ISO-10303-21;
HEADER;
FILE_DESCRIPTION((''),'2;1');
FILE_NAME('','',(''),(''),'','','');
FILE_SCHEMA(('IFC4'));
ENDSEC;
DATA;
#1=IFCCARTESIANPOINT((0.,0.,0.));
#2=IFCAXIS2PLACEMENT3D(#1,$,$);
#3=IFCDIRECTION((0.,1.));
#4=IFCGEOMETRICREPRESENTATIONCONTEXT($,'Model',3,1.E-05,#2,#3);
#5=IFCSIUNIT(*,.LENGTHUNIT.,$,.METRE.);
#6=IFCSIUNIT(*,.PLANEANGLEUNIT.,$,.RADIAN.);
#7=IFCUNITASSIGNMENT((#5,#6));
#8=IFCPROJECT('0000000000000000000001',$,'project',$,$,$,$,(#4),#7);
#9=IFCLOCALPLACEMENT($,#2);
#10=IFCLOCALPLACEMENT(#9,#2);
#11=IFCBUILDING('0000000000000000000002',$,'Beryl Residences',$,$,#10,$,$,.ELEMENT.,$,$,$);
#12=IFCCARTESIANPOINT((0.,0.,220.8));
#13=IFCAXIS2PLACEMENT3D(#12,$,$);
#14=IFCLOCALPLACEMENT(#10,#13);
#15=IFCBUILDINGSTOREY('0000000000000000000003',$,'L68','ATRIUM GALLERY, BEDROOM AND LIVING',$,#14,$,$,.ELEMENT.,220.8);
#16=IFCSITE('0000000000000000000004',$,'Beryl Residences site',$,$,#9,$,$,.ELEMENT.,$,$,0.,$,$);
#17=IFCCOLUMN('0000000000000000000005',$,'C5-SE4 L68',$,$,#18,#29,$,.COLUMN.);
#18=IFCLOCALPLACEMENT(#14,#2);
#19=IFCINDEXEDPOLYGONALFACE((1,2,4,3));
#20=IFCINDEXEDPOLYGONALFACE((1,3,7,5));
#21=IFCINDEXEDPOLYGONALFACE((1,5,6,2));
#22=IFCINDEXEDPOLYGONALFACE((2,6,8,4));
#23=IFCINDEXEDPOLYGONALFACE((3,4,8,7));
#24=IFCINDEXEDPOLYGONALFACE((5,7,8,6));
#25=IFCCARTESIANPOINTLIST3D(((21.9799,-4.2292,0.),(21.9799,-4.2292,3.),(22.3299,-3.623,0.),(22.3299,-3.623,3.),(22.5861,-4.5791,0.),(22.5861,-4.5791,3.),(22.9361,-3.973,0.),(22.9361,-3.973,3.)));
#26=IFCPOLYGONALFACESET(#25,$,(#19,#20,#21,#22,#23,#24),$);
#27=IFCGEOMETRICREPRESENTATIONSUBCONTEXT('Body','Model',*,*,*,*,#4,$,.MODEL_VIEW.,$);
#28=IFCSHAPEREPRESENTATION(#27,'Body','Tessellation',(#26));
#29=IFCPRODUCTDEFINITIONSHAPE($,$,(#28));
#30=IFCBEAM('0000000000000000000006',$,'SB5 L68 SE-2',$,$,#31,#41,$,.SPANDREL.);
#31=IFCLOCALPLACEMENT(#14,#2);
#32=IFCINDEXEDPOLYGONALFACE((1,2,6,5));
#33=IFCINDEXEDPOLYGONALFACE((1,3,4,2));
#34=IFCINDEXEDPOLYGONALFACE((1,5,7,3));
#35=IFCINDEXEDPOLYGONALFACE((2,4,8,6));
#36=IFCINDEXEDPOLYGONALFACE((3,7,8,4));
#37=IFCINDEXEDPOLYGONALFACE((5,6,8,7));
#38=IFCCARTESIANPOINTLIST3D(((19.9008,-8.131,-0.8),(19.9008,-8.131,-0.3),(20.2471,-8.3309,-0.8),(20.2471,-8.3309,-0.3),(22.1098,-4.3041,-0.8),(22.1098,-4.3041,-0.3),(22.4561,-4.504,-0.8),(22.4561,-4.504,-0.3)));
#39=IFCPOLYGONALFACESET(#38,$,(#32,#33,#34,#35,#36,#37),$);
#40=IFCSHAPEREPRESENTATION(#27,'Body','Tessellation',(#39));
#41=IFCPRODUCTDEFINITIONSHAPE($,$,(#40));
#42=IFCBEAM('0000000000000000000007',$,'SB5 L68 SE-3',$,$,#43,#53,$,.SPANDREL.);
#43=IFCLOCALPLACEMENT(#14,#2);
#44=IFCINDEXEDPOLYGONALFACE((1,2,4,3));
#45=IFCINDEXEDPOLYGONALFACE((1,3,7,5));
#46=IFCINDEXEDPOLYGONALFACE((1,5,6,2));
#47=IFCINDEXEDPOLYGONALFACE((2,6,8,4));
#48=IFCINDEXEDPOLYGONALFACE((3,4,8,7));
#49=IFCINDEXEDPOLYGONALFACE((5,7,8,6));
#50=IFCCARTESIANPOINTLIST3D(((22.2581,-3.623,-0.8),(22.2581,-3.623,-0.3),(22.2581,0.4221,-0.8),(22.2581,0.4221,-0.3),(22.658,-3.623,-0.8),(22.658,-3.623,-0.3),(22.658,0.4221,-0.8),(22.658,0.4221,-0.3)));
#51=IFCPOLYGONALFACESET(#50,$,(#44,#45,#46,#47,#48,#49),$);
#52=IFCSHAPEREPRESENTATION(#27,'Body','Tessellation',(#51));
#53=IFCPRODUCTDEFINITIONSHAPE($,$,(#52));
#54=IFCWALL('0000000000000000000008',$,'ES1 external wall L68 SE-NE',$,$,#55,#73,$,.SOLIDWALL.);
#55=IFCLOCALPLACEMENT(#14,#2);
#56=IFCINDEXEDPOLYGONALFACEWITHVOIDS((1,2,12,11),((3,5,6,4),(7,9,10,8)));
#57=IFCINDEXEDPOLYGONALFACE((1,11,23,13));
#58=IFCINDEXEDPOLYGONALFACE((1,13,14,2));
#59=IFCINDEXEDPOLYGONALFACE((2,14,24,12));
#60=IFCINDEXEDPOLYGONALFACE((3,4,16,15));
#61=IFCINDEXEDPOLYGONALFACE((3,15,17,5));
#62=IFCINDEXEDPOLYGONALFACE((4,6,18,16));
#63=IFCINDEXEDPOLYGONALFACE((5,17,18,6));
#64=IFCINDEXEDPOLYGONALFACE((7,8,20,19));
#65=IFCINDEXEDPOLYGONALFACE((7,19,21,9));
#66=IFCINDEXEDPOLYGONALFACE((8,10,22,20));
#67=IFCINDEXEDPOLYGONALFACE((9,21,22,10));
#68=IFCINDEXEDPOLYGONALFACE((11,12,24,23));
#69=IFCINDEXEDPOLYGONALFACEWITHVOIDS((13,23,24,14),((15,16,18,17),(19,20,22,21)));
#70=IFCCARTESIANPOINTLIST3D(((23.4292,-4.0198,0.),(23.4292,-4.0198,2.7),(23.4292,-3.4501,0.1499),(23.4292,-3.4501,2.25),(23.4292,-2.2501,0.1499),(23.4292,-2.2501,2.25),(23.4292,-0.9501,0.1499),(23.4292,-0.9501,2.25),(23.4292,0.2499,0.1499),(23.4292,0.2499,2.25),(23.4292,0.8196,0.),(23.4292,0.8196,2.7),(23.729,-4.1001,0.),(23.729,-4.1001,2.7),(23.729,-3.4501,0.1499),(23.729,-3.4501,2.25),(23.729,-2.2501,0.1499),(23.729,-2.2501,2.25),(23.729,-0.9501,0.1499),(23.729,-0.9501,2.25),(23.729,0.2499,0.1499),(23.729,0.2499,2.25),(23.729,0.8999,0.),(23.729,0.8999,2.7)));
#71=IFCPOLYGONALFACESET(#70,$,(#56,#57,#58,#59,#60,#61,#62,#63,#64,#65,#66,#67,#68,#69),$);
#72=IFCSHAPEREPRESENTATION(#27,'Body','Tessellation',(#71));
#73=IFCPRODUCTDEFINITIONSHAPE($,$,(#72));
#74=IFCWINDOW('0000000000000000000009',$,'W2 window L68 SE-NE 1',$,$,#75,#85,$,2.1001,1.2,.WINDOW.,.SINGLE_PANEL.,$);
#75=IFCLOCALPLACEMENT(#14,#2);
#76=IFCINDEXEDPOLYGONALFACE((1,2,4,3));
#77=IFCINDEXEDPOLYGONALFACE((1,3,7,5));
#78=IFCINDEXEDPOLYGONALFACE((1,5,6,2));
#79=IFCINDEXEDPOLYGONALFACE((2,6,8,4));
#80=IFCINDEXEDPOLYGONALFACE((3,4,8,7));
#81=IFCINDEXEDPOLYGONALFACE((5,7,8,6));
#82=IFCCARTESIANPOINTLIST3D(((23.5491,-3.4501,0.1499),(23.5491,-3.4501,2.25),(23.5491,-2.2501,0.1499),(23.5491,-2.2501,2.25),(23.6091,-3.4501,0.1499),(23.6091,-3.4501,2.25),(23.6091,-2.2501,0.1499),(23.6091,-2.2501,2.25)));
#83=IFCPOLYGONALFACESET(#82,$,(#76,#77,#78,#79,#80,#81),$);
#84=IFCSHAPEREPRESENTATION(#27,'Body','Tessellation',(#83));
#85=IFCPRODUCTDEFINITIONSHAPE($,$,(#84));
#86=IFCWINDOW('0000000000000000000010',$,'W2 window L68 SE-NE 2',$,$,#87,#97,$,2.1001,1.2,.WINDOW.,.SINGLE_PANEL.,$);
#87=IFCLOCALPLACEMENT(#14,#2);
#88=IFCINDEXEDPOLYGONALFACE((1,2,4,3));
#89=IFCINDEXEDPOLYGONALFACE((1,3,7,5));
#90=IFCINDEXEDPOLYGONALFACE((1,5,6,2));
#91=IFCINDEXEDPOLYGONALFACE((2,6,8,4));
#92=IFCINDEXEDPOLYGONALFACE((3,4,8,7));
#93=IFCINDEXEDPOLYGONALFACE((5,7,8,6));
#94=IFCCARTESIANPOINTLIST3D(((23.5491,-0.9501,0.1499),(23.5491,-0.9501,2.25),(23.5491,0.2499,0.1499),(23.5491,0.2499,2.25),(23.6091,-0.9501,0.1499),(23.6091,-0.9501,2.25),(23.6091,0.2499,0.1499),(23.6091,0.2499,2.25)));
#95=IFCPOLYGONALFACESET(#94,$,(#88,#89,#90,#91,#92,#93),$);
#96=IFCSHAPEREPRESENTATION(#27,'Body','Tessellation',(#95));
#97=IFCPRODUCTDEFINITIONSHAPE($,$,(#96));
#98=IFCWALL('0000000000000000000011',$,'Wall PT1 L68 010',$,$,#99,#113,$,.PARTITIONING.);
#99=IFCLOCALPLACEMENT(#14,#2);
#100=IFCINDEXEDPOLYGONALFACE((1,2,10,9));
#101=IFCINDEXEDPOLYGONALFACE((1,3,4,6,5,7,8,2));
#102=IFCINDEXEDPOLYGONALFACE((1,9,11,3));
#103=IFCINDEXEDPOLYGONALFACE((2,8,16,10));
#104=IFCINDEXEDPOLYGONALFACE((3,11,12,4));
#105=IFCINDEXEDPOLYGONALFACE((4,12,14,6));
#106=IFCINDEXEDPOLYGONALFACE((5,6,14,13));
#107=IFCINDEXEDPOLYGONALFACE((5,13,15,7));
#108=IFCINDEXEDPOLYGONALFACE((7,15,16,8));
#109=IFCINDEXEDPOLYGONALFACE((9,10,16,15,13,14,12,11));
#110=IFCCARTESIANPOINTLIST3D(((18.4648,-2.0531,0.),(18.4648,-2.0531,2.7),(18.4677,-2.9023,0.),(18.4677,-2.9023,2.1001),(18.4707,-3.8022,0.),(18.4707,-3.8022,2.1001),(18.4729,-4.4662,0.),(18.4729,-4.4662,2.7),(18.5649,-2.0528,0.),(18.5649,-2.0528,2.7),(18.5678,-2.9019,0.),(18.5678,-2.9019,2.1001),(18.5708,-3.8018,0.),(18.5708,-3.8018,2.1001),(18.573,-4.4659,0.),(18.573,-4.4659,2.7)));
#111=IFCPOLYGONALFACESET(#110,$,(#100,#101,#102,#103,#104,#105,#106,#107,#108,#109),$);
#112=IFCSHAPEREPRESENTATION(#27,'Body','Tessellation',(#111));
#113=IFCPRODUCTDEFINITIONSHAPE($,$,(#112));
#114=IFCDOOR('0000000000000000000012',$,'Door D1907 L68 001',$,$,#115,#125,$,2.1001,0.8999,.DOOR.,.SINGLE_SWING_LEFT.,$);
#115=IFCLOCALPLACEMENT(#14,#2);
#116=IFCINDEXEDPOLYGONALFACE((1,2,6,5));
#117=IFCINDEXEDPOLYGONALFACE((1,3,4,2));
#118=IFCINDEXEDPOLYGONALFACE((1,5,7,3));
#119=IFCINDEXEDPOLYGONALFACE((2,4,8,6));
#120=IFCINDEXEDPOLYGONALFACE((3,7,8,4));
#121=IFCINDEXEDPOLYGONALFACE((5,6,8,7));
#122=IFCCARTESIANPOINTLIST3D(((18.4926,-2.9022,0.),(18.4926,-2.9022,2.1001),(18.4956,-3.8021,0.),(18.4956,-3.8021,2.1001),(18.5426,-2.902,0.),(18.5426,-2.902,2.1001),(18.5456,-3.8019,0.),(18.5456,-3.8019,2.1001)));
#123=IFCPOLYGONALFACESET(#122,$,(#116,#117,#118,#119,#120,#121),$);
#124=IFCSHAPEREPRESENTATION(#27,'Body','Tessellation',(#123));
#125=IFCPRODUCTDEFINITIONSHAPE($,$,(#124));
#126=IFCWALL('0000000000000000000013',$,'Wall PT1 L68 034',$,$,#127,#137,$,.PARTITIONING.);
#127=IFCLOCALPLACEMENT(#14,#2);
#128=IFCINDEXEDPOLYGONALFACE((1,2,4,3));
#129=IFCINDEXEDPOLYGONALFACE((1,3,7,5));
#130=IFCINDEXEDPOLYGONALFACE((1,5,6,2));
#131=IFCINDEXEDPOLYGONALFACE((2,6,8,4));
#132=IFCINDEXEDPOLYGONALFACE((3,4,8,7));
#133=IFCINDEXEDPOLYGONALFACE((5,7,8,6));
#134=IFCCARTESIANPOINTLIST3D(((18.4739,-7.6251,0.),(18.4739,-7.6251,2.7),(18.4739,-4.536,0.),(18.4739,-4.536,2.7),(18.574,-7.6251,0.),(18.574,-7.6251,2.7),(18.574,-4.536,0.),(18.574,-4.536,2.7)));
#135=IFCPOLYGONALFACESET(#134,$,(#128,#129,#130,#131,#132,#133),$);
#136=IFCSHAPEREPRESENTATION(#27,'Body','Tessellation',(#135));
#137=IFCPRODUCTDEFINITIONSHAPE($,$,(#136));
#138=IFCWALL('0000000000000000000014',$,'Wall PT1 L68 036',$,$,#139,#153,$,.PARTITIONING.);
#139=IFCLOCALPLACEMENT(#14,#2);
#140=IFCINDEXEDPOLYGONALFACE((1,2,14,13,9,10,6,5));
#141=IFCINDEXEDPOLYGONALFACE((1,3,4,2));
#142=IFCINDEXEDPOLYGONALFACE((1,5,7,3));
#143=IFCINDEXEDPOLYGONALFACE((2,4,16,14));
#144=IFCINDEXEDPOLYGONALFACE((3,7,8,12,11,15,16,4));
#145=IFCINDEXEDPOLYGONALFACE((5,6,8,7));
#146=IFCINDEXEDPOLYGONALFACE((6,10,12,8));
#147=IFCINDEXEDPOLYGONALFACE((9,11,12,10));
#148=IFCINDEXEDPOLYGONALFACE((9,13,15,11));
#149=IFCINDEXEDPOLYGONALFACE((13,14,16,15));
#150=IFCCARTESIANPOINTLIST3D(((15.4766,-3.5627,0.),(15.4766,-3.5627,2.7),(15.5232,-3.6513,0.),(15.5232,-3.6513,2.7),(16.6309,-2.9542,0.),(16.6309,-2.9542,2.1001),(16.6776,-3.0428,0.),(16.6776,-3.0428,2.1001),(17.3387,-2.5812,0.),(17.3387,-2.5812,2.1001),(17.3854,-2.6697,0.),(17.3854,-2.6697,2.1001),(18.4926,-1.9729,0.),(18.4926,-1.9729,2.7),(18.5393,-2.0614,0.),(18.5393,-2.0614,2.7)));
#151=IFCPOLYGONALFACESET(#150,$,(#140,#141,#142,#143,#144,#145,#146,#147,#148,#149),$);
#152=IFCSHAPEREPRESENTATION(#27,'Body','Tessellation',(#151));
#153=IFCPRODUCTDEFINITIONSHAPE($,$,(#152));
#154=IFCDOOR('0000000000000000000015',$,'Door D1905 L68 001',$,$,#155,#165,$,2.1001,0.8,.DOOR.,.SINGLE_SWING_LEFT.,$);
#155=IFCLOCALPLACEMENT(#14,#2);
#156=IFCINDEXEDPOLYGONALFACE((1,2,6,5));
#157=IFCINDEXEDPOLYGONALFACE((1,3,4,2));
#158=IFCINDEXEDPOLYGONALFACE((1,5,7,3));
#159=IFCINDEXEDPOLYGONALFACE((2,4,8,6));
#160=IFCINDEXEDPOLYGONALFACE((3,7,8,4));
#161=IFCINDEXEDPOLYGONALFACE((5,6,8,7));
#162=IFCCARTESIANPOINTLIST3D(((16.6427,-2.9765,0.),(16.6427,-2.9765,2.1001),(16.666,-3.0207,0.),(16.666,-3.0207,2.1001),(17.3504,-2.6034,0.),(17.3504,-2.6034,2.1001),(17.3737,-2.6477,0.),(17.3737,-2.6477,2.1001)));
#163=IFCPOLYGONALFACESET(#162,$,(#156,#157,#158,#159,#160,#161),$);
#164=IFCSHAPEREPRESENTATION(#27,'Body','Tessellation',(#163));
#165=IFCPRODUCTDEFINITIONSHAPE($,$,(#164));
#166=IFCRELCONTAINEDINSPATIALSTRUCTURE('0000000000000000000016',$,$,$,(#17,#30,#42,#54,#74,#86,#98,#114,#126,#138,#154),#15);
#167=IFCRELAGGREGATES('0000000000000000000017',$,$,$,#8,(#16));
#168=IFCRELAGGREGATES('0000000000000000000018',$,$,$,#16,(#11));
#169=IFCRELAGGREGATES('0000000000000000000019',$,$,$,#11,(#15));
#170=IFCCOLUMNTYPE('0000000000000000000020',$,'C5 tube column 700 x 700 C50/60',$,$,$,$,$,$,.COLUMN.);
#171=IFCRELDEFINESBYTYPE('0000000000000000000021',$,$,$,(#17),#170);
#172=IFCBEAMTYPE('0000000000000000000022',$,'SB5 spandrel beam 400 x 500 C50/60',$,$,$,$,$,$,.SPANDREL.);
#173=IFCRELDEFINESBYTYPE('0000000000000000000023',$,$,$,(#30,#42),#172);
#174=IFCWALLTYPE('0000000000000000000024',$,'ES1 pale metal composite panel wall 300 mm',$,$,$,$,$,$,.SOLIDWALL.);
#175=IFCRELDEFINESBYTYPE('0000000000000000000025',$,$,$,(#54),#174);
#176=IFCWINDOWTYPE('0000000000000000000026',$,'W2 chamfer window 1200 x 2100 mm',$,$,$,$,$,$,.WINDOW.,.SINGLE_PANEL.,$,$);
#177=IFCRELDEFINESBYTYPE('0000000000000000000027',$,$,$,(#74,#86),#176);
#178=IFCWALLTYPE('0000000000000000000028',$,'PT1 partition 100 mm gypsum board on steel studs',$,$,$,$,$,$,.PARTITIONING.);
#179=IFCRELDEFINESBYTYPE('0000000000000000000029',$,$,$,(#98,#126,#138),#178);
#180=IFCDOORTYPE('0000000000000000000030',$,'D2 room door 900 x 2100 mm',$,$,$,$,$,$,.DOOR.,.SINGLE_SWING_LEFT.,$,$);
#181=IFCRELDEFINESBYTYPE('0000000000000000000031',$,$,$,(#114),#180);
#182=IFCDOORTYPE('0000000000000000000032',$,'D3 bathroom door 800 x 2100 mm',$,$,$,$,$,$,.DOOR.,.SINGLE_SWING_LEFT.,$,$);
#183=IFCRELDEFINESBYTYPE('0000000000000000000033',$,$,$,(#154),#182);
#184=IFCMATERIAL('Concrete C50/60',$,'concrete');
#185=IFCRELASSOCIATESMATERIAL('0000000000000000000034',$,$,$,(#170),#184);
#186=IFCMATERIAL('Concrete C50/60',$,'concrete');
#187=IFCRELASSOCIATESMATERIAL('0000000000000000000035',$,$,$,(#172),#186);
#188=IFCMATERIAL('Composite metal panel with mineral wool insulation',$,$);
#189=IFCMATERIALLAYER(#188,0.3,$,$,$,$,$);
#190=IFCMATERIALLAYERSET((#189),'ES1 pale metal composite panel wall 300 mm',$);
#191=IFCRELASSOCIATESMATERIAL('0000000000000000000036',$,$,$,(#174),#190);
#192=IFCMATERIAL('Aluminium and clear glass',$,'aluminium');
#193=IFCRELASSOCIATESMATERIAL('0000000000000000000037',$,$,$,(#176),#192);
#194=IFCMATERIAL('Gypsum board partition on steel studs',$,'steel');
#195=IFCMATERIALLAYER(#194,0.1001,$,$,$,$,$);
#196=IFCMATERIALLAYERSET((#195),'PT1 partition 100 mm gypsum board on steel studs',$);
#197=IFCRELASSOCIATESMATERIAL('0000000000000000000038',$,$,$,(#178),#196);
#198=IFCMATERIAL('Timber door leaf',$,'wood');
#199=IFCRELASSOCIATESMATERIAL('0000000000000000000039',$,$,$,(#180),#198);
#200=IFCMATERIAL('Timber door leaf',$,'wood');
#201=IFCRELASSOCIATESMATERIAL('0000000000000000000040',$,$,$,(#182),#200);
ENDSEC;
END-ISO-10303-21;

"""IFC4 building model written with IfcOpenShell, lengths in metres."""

from ifc_helpers import new_model, si_unit, direction, frame, frame_2d, origin, origin_2d, place, context, subcontext, project, spatial, polyline, rectangle, outline, extrude, material, layer, layer_set, material_profile, profile_set, type_object, element, fill, save


model = new_model("IFC4")

# Units and contexts
model_context = context("Model", 3, precision=1e-05, world=origin(), true_north=direction((0.0, 1.0)))
body_context = subcontext(model_context, "Body", "Model", "MODEL_VIEW")
ifc_project = project(units=[si_unit("LENGTHUNIT", "METRE"), si_unit("PLANEANGLEUNIT", "RADIAN")], contexts=[model_context])

# Site, building, storey
site_placement = place(None, origin())
site = spatial("IfcSite", under=ifc_project, at=site_placement, Name="Beryl Residences site", CompositionType="ELEMENT", RefElevation=0.0)
building_placement = place(site_placement, origin())
building = spatial("IfcBuilding", under=site, at=building_placement, Name="Beryl Residences", CompositionType="ELEMENT")
storey_placement = place(building_placement, frame((0.0, 0.0, 220.8)))
storey = spatial("IfcBuildingStorey", under=building, at=storey_placement, Name="L68", Description="ATRIUM GALLERY, BEDROOM AND LIVING", CompositionType="ELEMENT", Elevation=220.8)

# Column
ifc_material_1 = material(Name="Concrete C50/60", Category="concrete")
ifc_material_profile_1 = material_profile(ifc_material_1, rectangle(XDim=0.7, YDim=0.7, at=origin_2d()))
ifc_profile_set_1 = profile_set([ifc_material_profile_1], Name="Concrete C50/60")
column_type = type_object("IfcColumnType", Name="C5 tube column 700 x 700 C50/60", PredefinedType="COLUMN", material=ifc_profile_set_1)
column_placement = place(storey_placement, frame((22.458, -4.1011, 0.0), z_axis=(0.0, 0.0, 1.0), x_axis=(0.499985, 0.866034, 0.0)))
element("IfcColumn", 1, at=column_placement, inside=storey, type_object=column_type, Name="C5-SE4 L68", PredefinedType="COLUMN", context=body_context, shape_type="SweptSolid", body=[
    extrude(rectangle(XDim=0.7, YDim=0.7, at=origin_2d()), origin(), (0.0, 0.0, 1.0), 3.0),
])

# Beams
ifc_material_2 = material(Name="Concrete C50/60", Category="concrete")
ifc_material_profile_2 = material_profile(ifc_material_2, rectangle(XDim=0.3999, YDim=0.5, at=origin_2d()))
ifc_profile_set_2 = profile_set([ifc_material_profile_2], Name="Concrete C50/60")
beam_type = type_object("IfcBeamType", Name="SB5 spandrel beam 400 x 500 C50/60", PredefinedType="SPANDREL", material=ifc_profile_set_2)
beam_1_placement = place(storey_placement, frame((20.074, -8.231, -0.55), z_axis=(0.499919, 0.866072, 0.0), x_axis=(-0.866072, 0.499919, 0.0)))
element("IfcBeam", 2, at=beam_1_placement, inside=storey, type_object=beam_type, Name="SB5 L68 SE-2", PredefinedType="SPANDREL", context=body_context, shape_type="SweptSolid", body=[
    extrude(rectangle(XDim=0.3999, YDim=0.5, at=origin_2d()), origin(), (0.0, 0.0, 1.0), 4.4187),
])
beam_2_placement = place(storey_placement, frame((22.458, -3.623, -0.55), z_axis=(0.0, 1.0, 0.0), x_axis=(-1.0, 0.0, 0.0)))
element("IfcBeam", 3, at=beam_2_placement, inside=storey, type_object=beam_type, Name="SB5 L68 SE-3", PredefinedType="SPANDREL", context=body_context, shape_type="SweptSolid", body=[
    extrude(rectangle(XDim=0.3999, YDim=0.5, at=origin_2d()), origin(), (0.0, 0.0, 1.0), 4.0452),
])

# Wall, openings, windows
ifc_material_3 = material(Name="Composite metal panel with mineral wool insulation")
ifc_layer_1 = layer(ifc_material_3, 0.3)
ifc_layer_set_1 = layer_set([ifc_layer_1], Name="ES1 pale metal composite panel wall 300 mm")
wall_type_1 = type_object("IfcWallType", Name="ES1 pale metal composite panel wall 300 mm", PredefinedType="SOLIDWALL", material=ifc_layer_set_1)
wall_1_placement = place(storey_placement, frame((23.5791, -4.1001, 0.0), z_axis=(0.0, 0.0, 1.0), x_axis=(0.0, 1.0, 0.0)))
wall_1 = element("IfcWall", 4, at=wall_1_placement, inside=storey, type_object=wall_type_1, Name="ES1 external wall L68 SE-NE", PredefinedType="SOLIDWALL", context=body_context, shape_type="SweptSolid", body=[
    extrude(outline(polyline([(0.0, -0.1499), (5.0, -0.1499), (4.9197, 0.1499), (0.0803, 0.1499), (0.0, -0.1499)])), origin(), (0.0, 0.0, 1.0), 2.7),
])
opening_1_placement = place(wall_1_placement, frame((0.6499, 0.0, 0.1499)))
opening_1 = element("IfcOpeningElement", 5, at=opening_1_placement, cuts=wall_1, PredefinedType="OPENING", context=body_context, shape_type="SweptSolid", body=[
    extrude(rectangle(XDim=1.2, YDim=2.1001, at=frame_2d((0.6001, 1.05))), frame((0.0, 0.1599, 0.0), z_axis=(0.0, -1.0, 0.0), x_axis=(1.0, 0.0, 0.0)), (0.0, 0.0, 1.0), 0.3201),
])
opening_2_placement = place(wall_1_placement, frame((3.1499, 0.0, 0.1499)))
opening_2 = element("IfcOpeningElement", 6, at=opening_2_placement, cuts=wall_1, PredefinedType="OPENING", context=body_context, shape_type="SweptSolid", body=[
    extrude(rectangle(XDim=1.2, YDim=2.1001, at=frame_2d((0.6001, 1.05))), frame((0.0, 0.1599, 0.0), z_axis=(0.0, -1.0, 0.0), x_axis=(1.0, 0.0, 0.0)), (0.0, 0.0, 1.0), 0.3201),
])
ifc_material_4 = material(Name="Aluminium and clear glass", Category="aluminium")
window_type = type_object("IfcWindowType", Name="W2 chamfer window 1200 x 2100 mm", PartitioningType="SINGLE_PANEL", PredefinedType="WINDOW", material=ifc_material_4)
window_1_placement = place(opening_1_placement, origin())
window_1 = element("IfcWindow", 7, at=window_1_placement, inside=storey, type_object=window_type, Name="W2 window L68 SE-NE 1", OverallHeight=2.1001, OverallWidth=1.2, PartitioningType="SINGLE_PANEL", PredefinedType="WINDOW", context=body_context, shape_type="SweptSolid", body=[
    extrude(rectangle(XDim=1.2, YDim=2.1001, at=frame_2d((0.6001, 1.05))), frame((0.0, 0.03, 0.0), z_axis=(0.0, -1.0, 0.0), x_axis=(1.0, 0.0, 0.0)), (0.0, 0.0, 1.0), 0.0601),
])
fill(opening_1, window_1)
window_2_placement = place(opening_2_placement, origin())
window_2 = element("IfcWindow", 8, at=window_2_placement, inside=storey, type_object=window_type, Name="W2 window L68 SE-NE 2", OverallHeight=2.1001, OverallWidth=1.2, PartitioningType="SINGLE_PANEL", PredefinedType="WINDOW", context=body_context, shape_type="SweptSolid", body=[
    extrude(rectangle(XDim=1.2, YDim=2.1001, at=frame_2d((0.6001, 1.05))), frame((0.0, 0.03, 0.0), z_axis=(0.0, -1.0, 0.0), x_axis=(1.0, 0.0, 0.0)), (0.0, 0.0, 1.0), 0.0601),
])
fill(opening_2, window_2)

# Wall, opening, door
ifc_material_5 = material(Name="Gypsum board partition on steel studs", Category="steel")
ifc_layer_2 = layer(ifc_material_5, 0.1001)
ifc_layer_set_2 = layer_set([ifc_layer_2], Name="PT1 partition 100 mm gypsum board on steel studs")
wall_type_2 = type_object("IfcWallType", Name="PT1 partition 100 mm gypsum board on steel studs", PredefinedType="PARTITIONING", material=ifc_layer_set_2)
wall_2_placement = place(storey_placement, frame((18.5149, -2.053, 0.0), z_axis=(0.0, 0.0, 1.0), x_axis=(0.003339, -0.999994, 0.0)))
wall_2 = element("IfcWall", 9, at=wall_2_placement, inside=storey, type_object=wall_type_2, Name="Wall PT1 L68 010", PredefinedType="PARTITIONING", context=body_context, shape_type="SweptSolid", body=[
    extrude(rectangle(XDim=2.4131, YDim=0.1001, at=frame_2d((1.2065, 0.0))), origin(), (0.0, 0.0, 1.0), 2.7),
])
opening_3_placement = place(wall_2_placement, frame((0.8491, 0.0, 0.0)))
opening_3 = element("IfcOpeningElement", 10, at=opening_3_placement, cuts=wall_2, PredefinedType="OPENING", context=body_context, shape_type="SweptSolid", body=[
    extrude(rectangle(XDim=0.8999, YDim=2.1001, at=frame_2d((0.45, 1.05))), frame((0.0, 0.0601, 0.0), z_axis=(0.0, -1.0, 0.0), x_axis=(1.0, 0.0, 0.0)), (0.0, 0.0, 1.0), 0.1201),
])
ifc_material_6 = material(Name="Timber door leaf", Category="wood")
door_type_1 = type_object("IfcDoorType", Name="D2 room door 900 x 2100 mm", OperationType="SINGLE_SWING_LEFT", PredefinedType="DOOR", material=ifc_material_6)
door_1_placement = place(opening_3_placement, origin())
door_1 = element("IfcDoor", 11, at=door_1_placement, inside=storey, type_object=door_type_1, Name="Door D1907 L68 001", OperationType="SINGLE_SWING_LEFT", OverallHeight=2.1001, OverallWidth=0.8999, PredefinedType="DOOR", context=body_context, shape_type="SweptSolid", body=[
    extrude(rectangle(XDim=0.8999, YDim=2.1001, at=frame_2d((0.45, 1.05))), frame((0.0, 0.0249, 0.0), z_axis=(0.0, -1.0, 0.0), x_axis=(1.0, 0.0, 0.0)), (0.0, 0.0, 1.0), 0.05),
])
fill(opening_3, door_1)

# Wall
wall_3_placement = place(storey_placement, frame((18.5239, -7.625, 0.0), z_axis=(0.0, 0.0, 1.0), x_axis=(0.0, 1.0, 0.0)))
element("IfcWall", 12, at=wall_3_placement, inside=storey, type_object=wall_type_2, Name="Wall PT1 L68 034", PredefinedType="PARTITIONING", context=body_context, shape_type="SweptSolid", body=[
    extrude(rectangle(XDim=3.0891, YDim=0.1001, at=frame_2d((1.5444, 0.0))), origin(), (0.0, 0.0, 1.0), 2.7),
])

# Wall, opening, door
wall_4_placement = place(storey_placement, frame((15.5, -3.6069, 0.0), z_axis=(0.0, 0.0, 1.0), x_axis=(0.884626, 0.466301, 0.0)))
wall_4 = element("IfcWall", 13, at=wall_4_placement, inside=storey, type_object=wall_type_2, Name="Wall PT1 L68 036", PredefinedType="PARTITIONING", context=body_context, shape_type="SweptSolid", body=[
    extrude(rectangle(XDim=3.4094, YDim=0.1001, at=frame_2d((1.7046, 0.0))), origin(), (0.0, 0.0, 1.0), 2.7),
])
opening_4_placement = place(wall_4_placement, frame((1.3049, 0.0, 0.0)))
opening_4 = element("IfcOpeningElement", 14, at=opening_4_placement, cuts=wall_4, PredefinedType="OPENING", context=body_context, shape_type="SweptSolid", body=[
    extrude(rectangle(XDim=0.8, YDim=2.1001, at=frame_2d((0.3999, 1.05))), frame((0.0, 0.0601, 0.0), z_axis=(0.0, -1.0, 0.0), x_axis=(1.0, 0.0, 0.0)), (0.0, 0.0, 1.0), 0.1201),
])
ifc_material_7 = material(Name="Timber door leaf", Category="wood")
door_type_2 = type_object("IfcDoorType", Name="D3 bathroom door 800 x 2100 mm", OperationType="SINGLE_SWING_LEFT", PredefinedType="DOOR", material=ifc_material_7)
door_2_placement = place(opening_4_placement, origin())
door_2 = element("IfcDoor", 15, at=door_2_placement, inside=storey, type_object=door_type_2, Name="Door D1905 L68 001", OperationType="SINGLE_SWING_LEFT", OverallHeight=2.1001, OverallWidth=0.8, PredefinedType="DOOR", context=body_context, shape_type="SweptSolid", body=[
    extrude(rectangle(XDim=0.8, YDim=2.1001, at=frame_2d((0.3999, 1.05))), frame((0.0, 0.0249, 0.0), z_axis=(0.0, -1.0, 0.0), x_axis=(1.0, 0.0, 0.0)), (0.0, 0.0, 1.0), 0.05),
])
fill(opening_4, door_2)

save(model, "model.ifc")
